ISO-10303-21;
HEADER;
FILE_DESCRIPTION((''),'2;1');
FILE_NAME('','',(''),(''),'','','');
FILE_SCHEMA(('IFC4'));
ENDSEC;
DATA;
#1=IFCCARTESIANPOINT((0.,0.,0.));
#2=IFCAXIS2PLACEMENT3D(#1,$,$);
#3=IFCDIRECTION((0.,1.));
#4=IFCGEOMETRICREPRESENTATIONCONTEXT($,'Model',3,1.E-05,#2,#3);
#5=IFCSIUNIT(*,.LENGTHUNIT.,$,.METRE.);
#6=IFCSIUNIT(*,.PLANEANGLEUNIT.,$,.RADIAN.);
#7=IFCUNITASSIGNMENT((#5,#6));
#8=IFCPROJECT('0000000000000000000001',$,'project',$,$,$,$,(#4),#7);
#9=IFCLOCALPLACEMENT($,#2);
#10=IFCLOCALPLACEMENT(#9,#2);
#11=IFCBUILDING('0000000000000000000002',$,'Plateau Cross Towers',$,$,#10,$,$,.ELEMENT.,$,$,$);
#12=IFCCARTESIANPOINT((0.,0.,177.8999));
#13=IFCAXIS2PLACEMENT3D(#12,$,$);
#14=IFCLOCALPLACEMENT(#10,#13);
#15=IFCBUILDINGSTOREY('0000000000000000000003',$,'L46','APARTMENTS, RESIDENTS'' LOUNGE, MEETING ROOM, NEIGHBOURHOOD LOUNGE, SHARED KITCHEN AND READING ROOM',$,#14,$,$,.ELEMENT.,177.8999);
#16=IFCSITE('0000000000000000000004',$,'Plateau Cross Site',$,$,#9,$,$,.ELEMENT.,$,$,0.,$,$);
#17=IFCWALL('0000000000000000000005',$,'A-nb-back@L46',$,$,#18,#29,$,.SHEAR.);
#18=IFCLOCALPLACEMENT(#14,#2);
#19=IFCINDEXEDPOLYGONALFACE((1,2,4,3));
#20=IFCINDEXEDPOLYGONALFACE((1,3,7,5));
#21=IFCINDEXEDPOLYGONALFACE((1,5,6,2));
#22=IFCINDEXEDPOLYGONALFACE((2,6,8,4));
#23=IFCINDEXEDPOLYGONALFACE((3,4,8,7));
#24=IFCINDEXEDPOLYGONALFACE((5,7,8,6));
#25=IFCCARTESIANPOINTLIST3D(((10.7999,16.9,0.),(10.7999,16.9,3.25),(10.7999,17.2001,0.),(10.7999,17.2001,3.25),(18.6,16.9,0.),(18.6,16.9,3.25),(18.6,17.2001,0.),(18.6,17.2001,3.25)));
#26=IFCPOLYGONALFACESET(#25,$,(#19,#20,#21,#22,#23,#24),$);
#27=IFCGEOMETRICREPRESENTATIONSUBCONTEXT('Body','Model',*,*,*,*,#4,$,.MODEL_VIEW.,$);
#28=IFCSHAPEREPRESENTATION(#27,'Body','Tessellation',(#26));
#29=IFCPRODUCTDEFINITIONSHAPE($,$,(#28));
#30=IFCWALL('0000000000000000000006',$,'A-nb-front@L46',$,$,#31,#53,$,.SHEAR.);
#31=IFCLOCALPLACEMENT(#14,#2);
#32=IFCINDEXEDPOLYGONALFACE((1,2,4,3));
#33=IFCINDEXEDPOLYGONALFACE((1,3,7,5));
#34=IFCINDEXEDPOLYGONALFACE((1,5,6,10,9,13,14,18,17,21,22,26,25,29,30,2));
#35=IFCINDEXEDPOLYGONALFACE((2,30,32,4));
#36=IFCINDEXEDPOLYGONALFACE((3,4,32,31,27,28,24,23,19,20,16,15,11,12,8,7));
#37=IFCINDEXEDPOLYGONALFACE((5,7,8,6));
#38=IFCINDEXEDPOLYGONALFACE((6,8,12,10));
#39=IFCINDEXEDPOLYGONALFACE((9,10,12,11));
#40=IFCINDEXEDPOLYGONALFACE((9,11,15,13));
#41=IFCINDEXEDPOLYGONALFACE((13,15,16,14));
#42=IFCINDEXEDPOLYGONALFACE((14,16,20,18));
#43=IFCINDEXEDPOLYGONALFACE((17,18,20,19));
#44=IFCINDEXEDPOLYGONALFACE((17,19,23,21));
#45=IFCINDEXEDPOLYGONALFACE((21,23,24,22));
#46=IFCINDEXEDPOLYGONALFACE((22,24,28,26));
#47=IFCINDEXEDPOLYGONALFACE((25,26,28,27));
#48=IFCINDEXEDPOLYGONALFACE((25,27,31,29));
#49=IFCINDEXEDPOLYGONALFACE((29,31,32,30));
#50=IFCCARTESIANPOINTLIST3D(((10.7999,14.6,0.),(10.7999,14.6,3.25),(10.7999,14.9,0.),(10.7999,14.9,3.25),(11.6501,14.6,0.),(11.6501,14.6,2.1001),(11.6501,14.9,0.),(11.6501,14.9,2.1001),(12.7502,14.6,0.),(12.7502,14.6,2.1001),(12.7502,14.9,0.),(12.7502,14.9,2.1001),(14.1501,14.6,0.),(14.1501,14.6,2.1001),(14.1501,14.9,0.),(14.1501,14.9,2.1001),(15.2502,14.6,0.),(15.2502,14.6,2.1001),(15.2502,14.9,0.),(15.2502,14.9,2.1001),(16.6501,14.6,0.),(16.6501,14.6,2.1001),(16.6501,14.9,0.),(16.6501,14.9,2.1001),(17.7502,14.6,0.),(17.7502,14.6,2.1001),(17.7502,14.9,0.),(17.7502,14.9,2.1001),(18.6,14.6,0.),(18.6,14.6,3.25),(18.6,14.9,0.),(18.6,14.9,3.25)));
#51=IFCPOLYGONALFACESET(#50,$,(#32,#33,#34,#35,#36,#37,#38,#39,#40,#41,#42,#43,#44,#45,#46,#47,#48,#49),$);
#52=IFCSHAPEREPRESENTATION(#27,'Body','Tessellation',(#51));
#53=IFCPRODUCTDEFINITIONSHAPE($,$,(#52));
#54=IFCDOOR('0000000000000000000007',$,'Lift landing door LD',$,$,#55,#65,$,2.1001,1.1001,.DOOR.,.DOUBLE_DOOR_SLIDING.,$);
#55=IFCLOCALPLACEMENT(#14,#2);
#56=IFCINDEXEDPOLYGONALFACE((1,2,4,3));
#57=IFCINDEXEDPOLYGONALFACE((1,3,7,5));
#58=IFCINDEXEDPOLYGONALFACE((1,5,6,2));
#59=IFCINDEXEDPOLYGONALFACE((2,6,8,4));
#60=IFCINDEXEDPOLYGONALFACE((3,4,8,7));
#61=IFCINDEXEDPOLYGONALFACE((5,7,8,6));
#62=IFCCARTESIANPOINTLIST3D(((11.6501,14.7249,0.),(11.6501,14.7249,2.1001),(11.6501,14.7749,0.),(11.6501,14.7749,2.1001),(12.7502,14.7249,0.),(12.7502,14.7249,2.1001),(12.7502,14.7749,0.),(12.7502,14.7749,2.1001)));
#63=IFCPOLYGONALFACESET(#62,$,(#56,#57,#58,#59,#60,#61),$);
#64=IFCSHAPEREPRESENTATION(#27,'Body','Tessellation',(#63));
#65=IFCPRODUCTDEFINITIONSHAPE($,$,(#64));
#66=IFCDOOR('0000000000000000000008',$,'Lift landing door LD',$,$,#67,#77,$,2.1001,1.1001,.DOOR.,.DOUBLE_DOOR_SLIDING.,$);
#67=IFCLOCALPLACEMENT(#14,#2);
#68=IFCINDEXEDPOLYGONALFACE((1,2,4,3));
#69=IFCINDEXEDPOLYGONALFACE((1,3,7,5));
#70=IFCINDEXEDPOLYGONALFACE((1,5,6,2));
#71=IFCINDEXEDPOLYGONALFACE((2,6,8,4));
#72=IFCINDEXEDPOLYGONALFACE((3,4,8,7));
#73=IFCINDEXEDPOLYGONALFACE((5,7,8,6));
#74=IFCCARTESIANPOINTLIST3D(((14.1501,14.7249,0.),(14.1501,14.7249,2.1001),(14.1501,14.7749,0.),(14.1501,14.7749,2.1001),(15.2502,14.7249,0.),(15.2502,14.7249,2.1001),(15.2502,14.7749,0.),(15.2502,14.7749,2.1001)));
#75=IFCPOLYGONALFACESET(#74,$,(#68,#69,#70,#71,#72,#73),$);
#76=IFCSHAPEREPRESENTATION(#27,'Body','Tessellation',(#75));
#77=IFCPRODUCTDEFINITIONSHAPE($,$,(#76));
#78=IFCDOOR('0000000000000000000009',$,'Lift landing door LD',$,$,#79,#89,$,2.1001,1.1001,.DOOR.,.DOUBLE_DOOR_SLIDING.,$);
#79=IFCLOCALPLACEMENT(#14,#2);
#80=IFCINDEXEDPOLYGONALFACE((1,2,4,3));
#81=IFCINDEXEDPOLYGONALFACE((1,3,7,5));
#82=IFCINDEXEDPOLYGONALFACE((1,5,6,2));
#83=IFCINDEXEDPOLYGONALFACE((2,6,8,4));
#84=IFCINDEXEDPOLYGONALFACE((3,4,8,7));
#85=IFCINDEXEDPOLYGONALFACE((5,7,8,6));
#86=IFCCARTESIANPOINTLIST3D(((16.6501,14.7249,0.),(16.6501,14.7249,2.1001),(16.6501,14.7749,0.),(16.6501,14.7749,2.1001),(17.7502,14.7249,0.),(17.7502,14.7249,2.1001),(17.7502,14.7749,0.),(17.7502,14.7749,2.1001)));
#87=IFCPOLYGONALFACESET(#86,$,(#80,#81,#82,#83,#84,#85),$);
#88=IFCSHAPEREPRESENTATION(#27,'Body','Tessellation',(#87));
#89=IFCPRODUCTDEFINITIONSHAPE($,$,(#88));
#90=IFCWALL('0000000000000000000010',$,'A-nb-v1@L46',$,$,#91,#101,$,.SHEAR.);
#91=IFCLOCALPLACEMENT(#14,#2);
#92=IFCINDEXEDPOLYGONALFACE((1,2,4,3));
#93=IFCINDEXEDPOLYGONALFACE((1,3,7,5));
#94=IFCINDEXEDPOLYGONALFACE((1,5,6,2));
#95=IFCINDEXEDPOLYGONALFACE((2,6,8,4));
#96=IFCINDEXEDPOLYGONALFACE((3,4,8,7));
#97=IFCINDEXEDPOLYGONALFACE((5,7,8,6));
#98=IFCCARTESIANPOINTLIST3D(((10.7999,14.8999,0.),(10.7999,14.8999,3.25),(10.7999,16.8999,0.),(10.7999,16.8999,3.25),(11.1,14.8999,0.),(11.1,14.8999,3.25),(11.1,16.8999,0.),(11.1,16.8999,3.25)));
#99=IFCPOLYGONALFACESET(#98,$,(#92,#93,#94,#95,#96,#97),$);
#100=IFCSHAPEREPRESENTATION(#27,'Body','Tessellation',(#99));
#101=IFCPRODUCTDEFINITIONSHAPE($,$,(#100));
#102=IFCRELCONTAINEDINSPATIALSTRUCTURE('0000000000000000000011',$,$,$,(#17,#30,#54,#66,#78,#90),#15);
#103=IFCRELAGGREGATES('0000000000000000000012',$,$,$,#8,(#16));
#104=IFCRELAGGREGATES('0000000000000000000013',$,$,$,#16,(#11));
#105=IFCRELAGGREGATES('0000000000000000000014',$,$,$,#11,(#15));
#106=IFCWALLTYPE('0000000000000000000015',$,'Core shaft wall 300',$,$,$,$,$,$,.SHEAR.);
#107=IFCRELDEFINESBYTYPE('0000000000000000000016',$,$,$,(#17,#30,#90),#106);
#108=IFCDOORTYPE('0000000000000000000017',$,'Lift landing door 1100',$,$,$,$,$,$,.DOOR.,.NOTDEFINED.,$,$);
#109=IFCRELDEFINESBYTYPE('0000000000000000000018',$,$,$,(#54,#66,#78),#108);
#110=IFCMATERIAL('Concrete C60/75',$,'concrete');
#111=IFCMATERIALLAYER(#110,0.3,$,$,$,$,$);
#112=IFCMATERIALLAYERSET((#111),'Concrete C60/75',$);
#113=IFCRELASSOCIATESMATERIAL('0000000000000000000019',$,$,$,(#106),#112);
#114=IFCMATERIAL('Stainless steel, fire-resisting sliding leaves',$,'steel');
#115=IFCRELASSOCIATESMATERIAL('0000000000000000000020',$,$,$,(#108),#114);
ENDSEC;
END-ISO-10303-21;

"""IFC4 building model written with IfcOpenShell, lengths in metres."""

from ifc_helpers import new_model, si_unit, direction, frame, frame_2d, origin, place, context, subcontext, project, spatial, rectangle, extrude, material, layer, layer_set, type_object, element, fill, save


model = new_model("IFC4")

# Units and contexts
model_context = context("Model", 3, precision=1e-05, world=origin(), true_north=direction((0.0, 1.0)))
body_context = subcontext(model_context, "Body", "Model", "MODEL_VIEW")
ifc_project = project(units=[si_unit("LENGTHUNIT", "METRE"), si_unit("PLANEANGLEUNIT", "RADIAN")], contexts=[model_context])

# Site, building, storey
site_placement = place(None, origin())
site = spatial("IfcSite", under=ifc_project, at=site_placement, Name="Plateau Cross Site", CompositionType="ELEMENT", RefElevation=0.0)
building_placement = place(site_placement, origin())
building = spatial("IfcBuilding", under=site, at=building_placement, Name="Plateau Cross Towers", CompositionType="ELEMENT")
storey_placement = place(building_placement, frame((0.0, 0.0, 177.8999)))
storey = spatial("IfcBuildingStorey", under=building, at=storey_placement, Name="L46", Description="APARTMENTS, RESIDENTS' LOUNGE, MEETING ROOM, NEIGHBOURHOOD LOUNGE, SHARED KITCHEN AND READING ROOM", CompositionType="ELEMENT", Elevation=177.8999)

# Wall
ifc_material_1 = material(Name="Concrete C60/75", Category="concrete")
ifc_layer_1 = layer(ifc_material_1, 0.3)
ifc_layer_set_1 = layer_set([ifc_layer_1], Name="Concrete C60/75")
wall_type_1 = type_object("IfcWallType", Name="Core shaft wall 300", PredefinedType="SHEAR", material=ifc_layer_set_1)
wall_1_placement = place(storey_placement, frame((10.8, 17.05, 0.0), z_axis=(0.0, 0.0, 1.0), x_axis=(1.0, 0.0, 0.0)))
element("IfcWall", 1, at=wall_1_placement, inside=storey, type_object=wall_type_1, Name="A-nb-back@L46", PredefinedType="SHEAR", context=body_context, shape_type="SweptSolid", body=[
    extrude(rectangle(XDim=7.8, YDim=0.3, at=frame_2d((3.8999, 0.0))), origin(), (0.0, 0.0, 1.0), 3.25),
])

# Wall, openings, doors
wall_2_placement = place(storey_placement, frame((10.8, 14.75, 0.0), z_axis=(0.0, 0.0, 1.0), x_axis=(1.0, 0.0, 0.0)))
wall_2 = element("IfcWall", 2, at=wall_2_placement, inside=storey, type_object=wall_type_1, Name="A-nb-front@L46", PredefinedType="SHEAR", context=body_context, shape_type="SweptSolid", body=[
    extrude(rectangle(XDim=7.8, YDim=0.3, at=frame_2d((3.8999, 0.0))), origin(), (0.0, 0.0, 1.0), 3.25),
])
opening_1_placement = place(wall_2_placement, frame((0.8501, 0.0, 0.0)))
opening_1 = element("IfcOpeningElement", 3, at=opening_1_placement, cuts=wall_2, PredefinedType="OPENING", context=body_context, shape_type="SweptSolid", body=[
    extrude(rectangle(XDim=1.1001, YDim=2.1001, at=frame_2d((0.55, 1.05))), frame((0.0, 0.1599, 0.0), z_axis=(0.0, -1.0, 0.0), x_axis=(1.0, 0.0, 0.0)), (0.0, 0.0, 1.0), 0.3201),
])
opening_2_placement = place(wall_2_placement, frame((3.3501, 0.0, 0.0)))
opening_2 = element("IfcOpeningElement", 4, at=opening_2_placement, cuts=wall_2, PredefinedType="OPENING", context=body_context, shape_type="SweptSolid", body=[
    extrude(rectangle(XDim=1.1001, YDim=2.1001, at=frame_2d((0.55, 1.05))), frame((0.0, 0.1599, 0.0), z_axis=(0.0, -1.0, 0.0), x_axis=(1.0, 0.0, 0.0)), (0.0, 0.0, 1.0), 0.3201),
])
opening_3_placement = place(wall_2_placement, frame((5.8501, 0.0, 0.0)))
opening_3 = element("IfcOpeningElement", 5, at=opening_3_placement, cuts=wall_2, PredefinedType="OPENING", context=body_context, shape_type="SweptSolid", body=[
    extrude(rectangle(XDim=1.1001, YDim=2.1001, at=frame_2d((0.55, 1.05))), frame((0.0, 0.1599, 0.0), z_axis=(0.0, -1.0, 0.0), x_axis=(1.0, 0.0, 0.0)), (0.0, 0.0, 1.0), 0.3201),
])
ifc_material_2 = material(Name="Stainless steel, fire-resisting sliding leaves", Category="steel")
door_type_1 = type_object("IfcDoorType", Name="Lift landing door 1100", OperationType="NOTDEFINED", PredefinedType="DOOR", material=ifc_material_2)
door_1_placement = place(opening_1_placement, origin())
door_1 = element("IfcDoor", 6, at=door_1_placement, inside=storey, type_object=door_type_1, Name="Lift landing door LD", OperationType="DOUBLE_DOOR_SLIDING", OverallHeight=2.1001, OverallWidth=1.1001, PredefinedType="DOOR", context=body_context, shape_type="SweptSolid", body=[
    extrude(rectangle(XDim=1.1001, YDim=2.1001, at=frame_2d((0.55, 1.05))), frame((0.0, 0.0249, 0.0), z_axis=(0.0, -1.0, 0.0), x_axis=(1.0, 0.0, 0.0)), (0.0, 0.0, 1.0), 0.05),
])
fill(opening_1, door_1)
door_2_placement = place(opening_2_placement, origin())
door_2 = element("IfcDoor", 7, at=door_2_placement, inside=storey, type_object=door_type_1, Name="Lift landing door LD", OperationType="DOUBLE_DOOR_SLIDING", OverallHeight=2.1001, OverallWidth=1.1001, PredefinedType="DOOR", context=body_context, shape_type="SweptSolid", body=[
    extrude(rectangle(XDim=1.1001, YDim=2.1001, at=frame_2d((0.55, 1.05))), frame((0.0, 0.0249, 0.0), z_axis=(0.0, -1.0, 0.0), x_axis=(1.0, 0.0, 0.0)), (0.0, 0.0, 1.0), 0.05),
])
fill(opening_2, door_2)
door_3_placement = place(opening_3_placement, origin())
door_3 = element("IfcDoor", 8, at=door_3_placement, inside=storey, type_object=door_type_1, Name="Lift landing door LD", OperationType="DOUBLE_DOOR_SLIDING", OverallHeight=2.1001, OverallWidth=1.1001, PredefinedType="DOOR", context=body_context, shape_type="SweptSolid", body=[
    extrude(rectangle(XDim=1.1001, YDim=2.1001, at=frame_2d((0.55, 1.05))), frame((0.0, 0.0249, 0.0), z_axis=(0.0, -1.0, 0.0), x_axis=(1.0, 0.0, 0.0)), (0.0, 0.0, 1.0), 0.05),
])
fill(opening_3, door_3)

# Wall
wall_3_placement = place(storey_placement, frame((10.95, 14.8999, 0.0), z_axis=(0.0, 0.0, 1.0), x_axis=(0.0, 1.0, 0.0)))
element("IfcWall", 9, at=wall_3_placement, inside=storey, type_object=wall_type_1, Name="A-nb-v1@L46", PredefinedType="SHEAR", context=body_context, shape_type="SweptSolid", body=[
    extrude(rectangle(XDim=2.0, YDim=0.3, at=frame_2d((1.0, 0.0))), origin(), (0.0, 0.0, 1.0), 3.25),
])

save(model, "model.ifc")
